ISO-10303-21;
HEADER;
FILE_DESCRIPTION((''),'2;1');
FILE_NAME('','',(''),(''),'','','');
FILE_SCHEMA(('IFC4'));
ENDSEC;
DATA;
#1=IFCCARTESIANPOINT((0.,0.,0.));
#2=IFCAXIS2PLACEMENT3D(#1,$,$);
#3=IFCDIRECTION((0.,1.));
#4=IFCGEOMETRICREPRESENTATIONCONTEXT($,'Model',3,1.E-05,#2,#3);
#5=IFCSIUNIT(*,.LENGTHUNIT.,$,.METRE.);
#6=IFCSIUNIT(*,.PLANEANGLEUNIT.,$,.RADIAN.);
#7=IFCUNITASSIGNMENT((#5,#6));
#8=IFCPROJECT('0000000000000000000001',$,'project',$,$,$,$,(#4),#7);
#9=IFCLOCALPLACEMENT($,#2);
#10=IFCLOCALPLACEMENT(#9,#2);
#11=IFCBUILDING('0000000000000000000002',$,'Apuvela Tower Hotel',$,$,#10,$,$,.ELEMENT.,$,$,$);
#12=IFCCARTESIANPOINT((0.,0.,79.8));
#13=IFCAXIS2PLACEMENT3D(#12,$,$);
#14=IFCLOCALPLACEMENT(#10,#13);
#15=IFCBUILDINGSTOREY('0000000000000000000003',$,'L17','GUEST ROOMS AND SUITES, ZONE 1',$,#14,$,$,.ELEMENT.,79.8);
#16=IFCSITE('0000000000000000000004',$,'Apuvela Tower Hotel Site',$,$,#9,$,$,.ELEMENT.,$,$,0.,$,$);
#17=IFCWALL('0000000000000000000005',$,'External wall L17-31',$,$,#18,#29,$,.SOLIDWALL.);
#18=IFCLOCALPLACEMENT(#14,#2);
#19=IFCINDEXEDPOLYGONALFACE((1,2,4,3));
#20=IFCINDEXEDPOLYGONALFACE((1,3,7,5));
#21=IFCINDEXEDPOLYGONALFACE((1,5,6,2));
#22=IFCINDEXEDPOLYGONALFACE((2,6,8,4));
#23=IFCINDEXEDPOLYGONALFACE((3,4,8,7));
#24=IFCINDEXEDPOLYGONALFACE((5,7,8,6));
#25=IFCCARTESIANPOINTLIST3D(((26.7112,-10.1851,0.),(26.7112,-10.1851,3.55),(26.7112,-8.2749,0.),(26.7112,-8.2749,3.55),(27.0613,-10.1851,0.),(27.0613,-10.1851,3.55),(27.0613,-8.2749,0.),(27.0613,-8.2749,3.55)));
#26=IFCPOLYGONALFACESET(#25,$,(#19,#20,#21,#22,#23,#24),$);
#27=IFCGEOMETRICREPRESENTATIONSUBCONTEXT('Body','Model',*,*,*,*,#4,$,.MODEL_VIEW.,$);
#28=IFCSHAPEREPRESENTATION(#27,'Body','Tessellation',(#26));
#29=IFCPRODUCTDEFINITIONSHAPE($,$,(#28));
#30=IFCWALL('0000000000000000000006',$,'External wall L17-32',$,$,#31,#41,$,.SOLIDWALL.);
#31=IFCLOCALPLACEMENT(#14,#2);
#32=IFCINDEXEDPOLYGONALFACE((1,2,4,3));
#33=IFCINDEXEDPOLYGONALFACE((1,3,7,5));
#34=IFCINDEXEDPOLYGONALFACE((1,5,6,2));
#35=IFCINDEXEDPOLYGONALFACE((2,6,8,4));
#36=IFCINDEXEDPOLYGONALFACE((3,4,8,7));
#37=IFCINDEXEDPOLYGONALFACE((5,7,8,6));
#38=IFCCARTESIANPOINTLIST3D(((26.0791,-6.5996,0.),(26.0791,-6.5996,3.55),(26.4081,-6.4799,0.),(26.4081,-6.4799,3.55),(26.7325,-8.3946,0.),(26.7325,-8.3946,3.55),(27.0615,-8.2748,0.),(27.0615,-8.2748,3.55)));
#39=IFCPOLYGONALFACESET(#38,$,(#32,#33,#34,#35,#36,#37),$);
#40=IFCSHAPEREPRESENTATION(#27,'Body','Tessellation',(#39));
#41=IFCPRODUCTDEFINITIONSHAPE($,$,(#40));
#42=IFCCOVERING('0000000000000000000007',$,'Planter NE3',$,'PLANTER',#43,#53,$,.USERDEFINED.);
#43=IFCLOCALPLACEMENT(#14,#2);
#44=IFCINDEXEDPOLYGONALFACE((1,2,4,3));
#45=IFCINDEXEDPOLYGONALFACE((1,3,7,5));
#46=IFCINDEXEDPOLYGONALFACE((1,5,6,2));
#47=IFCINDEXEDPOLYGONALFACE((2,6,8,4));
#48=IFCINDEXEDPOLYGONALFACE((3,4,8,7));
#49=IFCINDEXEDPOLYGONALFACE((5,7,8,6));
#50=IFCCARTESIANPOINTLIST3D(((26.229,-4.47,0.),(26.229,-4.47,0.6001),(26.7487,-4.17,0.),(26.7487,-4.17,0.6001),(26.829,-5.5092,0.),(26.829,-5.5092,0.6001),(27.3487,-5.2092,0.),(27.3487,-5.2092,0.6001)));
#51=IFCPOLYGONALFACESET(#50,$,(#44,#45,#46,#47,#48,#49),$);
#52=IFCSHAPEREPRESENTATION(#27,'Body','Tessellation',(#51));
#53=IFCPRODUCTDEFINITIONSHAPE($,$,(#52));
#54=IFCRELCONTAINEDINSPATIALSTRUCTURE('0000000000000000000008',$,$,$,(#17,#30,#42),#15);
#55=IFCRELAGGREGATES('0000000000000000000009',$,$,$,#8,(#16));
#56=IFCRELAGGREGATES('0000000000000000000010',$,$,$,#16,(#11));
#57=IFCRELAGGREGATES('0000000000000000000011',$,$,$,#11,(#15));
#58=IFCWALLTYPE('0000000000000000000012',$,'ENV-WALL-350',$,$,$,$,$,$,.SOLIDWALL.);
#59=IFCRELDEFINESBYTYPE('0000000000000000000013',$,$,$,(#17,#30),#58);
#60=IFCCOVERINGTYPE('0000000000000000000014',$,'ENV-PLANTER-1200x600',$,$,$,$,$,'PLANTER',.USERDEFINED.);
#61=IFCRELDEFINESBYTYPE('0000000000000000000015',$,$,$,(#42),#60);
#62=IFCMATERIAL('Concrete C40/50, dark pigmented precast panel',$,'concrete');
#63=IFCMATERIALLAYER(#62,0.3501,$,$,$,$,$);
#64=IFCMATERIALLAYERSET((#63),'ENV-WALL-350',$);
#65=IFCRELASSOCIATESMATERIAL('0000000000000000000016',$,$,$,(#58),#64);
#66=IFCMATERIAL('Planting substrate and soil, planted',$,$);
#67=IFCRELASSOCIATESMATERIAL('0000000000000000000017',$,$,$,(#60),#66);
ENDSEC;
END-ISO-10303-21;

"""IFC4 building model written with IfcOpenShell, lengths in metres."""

from ifc_helpers import new_model, si_unit, direction, frame, frame_2d, origin, origin_2d, place, context, subcontext, project, spatial, rectangle, extrude, material, layer, layer_set, type_object, element, save


model = new_model("IFC4")

# Units and contexts
model_context = context("Model", 3, precision=1e-05, world=origin(), true_north=direction((0.0, 1.0)))
body_context = subcontext(model_context, "Body", "Model", "MODEL_VIEW")
ifc_project = project(units=[si_unit("LENGTHUNIT", "METRE"), si_unit("PLANEANGLEUNIT", "RADIAN")], contexts=[model_context])

# Site, building, storey
site_placement = place(None, origin())
site = spatial("IfcSite", under=ifc_project, at=site_placement, Name="Apuvela Tower Hotel Site", CompositionType="ELEMENT", RefElevation=0.0)
building_placement = place(site_placement, origin())
building = spatial("IfcBuilding", under=site, at=building_placement, Name="Apuvela Tower Hotel", CompositionType="ELEMENT")
storey_placement = place(building_placement, frame((0.0, 0.0, 79.8)))
storey = spatial("IfcBuildingStorey", under=building, at=storey_placement, Name="L17", Description="GUEST ROOMS AND SUITES, ZONE 1", CompositionType="ELEMENT", Elevation=79.8)

# Walls
ifc_material_1 = material(Name="Concrete C40/50, dark pigmented precast panel", Category="concrete")
ifc_layer_1 = layer(ifc_material_1, 0.3501)
ifc_layer_set_1 = layer_set([ifc_layer_1], Name="ENV-WALL-350")
wall_type_1 = type_object("IfcWallType", Name="ENV-WALL-350", PredefinedType="SOLIDWALL", material=ifc_layer_set_1)
for number, where, z_axis, x_axis, name in (
    (1, (26.8862, -10.1851, 0.0), (0.0, 0.0, 1.0), (0.0, 1.0, 0.0), "External wall L17-31"),
    (2, (26.897, -8.3347, 0.0), (0.0, 0.0, 1.0), (-0.34203, 0.939689, 0.0), "External wall L17-32"),
):
    element("IfcWall", number, at=place(storey_placement, frame(where, z_axis=z_axis, x_axis=x_axis)), inside=storey, type_object=wall_type_1, Name=name, PredefinedType="SOLIDWALL", context=body_context, shape_type="SweptSolid", body=[
        extrude(rectangle(XDim=1.9102, YDim=0.3501, at=frame_2d((0.9551, 0.0))), origin(), (0.0, 0.0, 1.0), 3.55),
    ])

# Covering
ifc_material_2 = material(Name="Planting substrate and soil, planted")
covering_type = type_object("IfcCoveringType", Name="ENV-PLANTER-1200x600", ElementType="PLANTER", PredefinedType="USERDEFINED", material=ifc_material_2)
covering_placement = place(storey_placement, frame((26.7888, -4.8396, 0.0), z_axis=(0.0, 0.0, 1.0), x_axis=(-0.5, 0.866025, 0.0)))
element("IfcCovering", 3, at=covering_placement, inside=storey, type_object=covering_type, Name="Planter NE3", ObjectType="PLANTER", PredefinedType="USERDEFINED", context=body_context, shape_type="SweptSolid", body=[
    extrude(rectangle(XDim=1.2, YDim=0.6001, at=origin_2d()), origin(), (0.0, 0.0, 1.0), 0.6001),
])

save(model, "model.ifc")
